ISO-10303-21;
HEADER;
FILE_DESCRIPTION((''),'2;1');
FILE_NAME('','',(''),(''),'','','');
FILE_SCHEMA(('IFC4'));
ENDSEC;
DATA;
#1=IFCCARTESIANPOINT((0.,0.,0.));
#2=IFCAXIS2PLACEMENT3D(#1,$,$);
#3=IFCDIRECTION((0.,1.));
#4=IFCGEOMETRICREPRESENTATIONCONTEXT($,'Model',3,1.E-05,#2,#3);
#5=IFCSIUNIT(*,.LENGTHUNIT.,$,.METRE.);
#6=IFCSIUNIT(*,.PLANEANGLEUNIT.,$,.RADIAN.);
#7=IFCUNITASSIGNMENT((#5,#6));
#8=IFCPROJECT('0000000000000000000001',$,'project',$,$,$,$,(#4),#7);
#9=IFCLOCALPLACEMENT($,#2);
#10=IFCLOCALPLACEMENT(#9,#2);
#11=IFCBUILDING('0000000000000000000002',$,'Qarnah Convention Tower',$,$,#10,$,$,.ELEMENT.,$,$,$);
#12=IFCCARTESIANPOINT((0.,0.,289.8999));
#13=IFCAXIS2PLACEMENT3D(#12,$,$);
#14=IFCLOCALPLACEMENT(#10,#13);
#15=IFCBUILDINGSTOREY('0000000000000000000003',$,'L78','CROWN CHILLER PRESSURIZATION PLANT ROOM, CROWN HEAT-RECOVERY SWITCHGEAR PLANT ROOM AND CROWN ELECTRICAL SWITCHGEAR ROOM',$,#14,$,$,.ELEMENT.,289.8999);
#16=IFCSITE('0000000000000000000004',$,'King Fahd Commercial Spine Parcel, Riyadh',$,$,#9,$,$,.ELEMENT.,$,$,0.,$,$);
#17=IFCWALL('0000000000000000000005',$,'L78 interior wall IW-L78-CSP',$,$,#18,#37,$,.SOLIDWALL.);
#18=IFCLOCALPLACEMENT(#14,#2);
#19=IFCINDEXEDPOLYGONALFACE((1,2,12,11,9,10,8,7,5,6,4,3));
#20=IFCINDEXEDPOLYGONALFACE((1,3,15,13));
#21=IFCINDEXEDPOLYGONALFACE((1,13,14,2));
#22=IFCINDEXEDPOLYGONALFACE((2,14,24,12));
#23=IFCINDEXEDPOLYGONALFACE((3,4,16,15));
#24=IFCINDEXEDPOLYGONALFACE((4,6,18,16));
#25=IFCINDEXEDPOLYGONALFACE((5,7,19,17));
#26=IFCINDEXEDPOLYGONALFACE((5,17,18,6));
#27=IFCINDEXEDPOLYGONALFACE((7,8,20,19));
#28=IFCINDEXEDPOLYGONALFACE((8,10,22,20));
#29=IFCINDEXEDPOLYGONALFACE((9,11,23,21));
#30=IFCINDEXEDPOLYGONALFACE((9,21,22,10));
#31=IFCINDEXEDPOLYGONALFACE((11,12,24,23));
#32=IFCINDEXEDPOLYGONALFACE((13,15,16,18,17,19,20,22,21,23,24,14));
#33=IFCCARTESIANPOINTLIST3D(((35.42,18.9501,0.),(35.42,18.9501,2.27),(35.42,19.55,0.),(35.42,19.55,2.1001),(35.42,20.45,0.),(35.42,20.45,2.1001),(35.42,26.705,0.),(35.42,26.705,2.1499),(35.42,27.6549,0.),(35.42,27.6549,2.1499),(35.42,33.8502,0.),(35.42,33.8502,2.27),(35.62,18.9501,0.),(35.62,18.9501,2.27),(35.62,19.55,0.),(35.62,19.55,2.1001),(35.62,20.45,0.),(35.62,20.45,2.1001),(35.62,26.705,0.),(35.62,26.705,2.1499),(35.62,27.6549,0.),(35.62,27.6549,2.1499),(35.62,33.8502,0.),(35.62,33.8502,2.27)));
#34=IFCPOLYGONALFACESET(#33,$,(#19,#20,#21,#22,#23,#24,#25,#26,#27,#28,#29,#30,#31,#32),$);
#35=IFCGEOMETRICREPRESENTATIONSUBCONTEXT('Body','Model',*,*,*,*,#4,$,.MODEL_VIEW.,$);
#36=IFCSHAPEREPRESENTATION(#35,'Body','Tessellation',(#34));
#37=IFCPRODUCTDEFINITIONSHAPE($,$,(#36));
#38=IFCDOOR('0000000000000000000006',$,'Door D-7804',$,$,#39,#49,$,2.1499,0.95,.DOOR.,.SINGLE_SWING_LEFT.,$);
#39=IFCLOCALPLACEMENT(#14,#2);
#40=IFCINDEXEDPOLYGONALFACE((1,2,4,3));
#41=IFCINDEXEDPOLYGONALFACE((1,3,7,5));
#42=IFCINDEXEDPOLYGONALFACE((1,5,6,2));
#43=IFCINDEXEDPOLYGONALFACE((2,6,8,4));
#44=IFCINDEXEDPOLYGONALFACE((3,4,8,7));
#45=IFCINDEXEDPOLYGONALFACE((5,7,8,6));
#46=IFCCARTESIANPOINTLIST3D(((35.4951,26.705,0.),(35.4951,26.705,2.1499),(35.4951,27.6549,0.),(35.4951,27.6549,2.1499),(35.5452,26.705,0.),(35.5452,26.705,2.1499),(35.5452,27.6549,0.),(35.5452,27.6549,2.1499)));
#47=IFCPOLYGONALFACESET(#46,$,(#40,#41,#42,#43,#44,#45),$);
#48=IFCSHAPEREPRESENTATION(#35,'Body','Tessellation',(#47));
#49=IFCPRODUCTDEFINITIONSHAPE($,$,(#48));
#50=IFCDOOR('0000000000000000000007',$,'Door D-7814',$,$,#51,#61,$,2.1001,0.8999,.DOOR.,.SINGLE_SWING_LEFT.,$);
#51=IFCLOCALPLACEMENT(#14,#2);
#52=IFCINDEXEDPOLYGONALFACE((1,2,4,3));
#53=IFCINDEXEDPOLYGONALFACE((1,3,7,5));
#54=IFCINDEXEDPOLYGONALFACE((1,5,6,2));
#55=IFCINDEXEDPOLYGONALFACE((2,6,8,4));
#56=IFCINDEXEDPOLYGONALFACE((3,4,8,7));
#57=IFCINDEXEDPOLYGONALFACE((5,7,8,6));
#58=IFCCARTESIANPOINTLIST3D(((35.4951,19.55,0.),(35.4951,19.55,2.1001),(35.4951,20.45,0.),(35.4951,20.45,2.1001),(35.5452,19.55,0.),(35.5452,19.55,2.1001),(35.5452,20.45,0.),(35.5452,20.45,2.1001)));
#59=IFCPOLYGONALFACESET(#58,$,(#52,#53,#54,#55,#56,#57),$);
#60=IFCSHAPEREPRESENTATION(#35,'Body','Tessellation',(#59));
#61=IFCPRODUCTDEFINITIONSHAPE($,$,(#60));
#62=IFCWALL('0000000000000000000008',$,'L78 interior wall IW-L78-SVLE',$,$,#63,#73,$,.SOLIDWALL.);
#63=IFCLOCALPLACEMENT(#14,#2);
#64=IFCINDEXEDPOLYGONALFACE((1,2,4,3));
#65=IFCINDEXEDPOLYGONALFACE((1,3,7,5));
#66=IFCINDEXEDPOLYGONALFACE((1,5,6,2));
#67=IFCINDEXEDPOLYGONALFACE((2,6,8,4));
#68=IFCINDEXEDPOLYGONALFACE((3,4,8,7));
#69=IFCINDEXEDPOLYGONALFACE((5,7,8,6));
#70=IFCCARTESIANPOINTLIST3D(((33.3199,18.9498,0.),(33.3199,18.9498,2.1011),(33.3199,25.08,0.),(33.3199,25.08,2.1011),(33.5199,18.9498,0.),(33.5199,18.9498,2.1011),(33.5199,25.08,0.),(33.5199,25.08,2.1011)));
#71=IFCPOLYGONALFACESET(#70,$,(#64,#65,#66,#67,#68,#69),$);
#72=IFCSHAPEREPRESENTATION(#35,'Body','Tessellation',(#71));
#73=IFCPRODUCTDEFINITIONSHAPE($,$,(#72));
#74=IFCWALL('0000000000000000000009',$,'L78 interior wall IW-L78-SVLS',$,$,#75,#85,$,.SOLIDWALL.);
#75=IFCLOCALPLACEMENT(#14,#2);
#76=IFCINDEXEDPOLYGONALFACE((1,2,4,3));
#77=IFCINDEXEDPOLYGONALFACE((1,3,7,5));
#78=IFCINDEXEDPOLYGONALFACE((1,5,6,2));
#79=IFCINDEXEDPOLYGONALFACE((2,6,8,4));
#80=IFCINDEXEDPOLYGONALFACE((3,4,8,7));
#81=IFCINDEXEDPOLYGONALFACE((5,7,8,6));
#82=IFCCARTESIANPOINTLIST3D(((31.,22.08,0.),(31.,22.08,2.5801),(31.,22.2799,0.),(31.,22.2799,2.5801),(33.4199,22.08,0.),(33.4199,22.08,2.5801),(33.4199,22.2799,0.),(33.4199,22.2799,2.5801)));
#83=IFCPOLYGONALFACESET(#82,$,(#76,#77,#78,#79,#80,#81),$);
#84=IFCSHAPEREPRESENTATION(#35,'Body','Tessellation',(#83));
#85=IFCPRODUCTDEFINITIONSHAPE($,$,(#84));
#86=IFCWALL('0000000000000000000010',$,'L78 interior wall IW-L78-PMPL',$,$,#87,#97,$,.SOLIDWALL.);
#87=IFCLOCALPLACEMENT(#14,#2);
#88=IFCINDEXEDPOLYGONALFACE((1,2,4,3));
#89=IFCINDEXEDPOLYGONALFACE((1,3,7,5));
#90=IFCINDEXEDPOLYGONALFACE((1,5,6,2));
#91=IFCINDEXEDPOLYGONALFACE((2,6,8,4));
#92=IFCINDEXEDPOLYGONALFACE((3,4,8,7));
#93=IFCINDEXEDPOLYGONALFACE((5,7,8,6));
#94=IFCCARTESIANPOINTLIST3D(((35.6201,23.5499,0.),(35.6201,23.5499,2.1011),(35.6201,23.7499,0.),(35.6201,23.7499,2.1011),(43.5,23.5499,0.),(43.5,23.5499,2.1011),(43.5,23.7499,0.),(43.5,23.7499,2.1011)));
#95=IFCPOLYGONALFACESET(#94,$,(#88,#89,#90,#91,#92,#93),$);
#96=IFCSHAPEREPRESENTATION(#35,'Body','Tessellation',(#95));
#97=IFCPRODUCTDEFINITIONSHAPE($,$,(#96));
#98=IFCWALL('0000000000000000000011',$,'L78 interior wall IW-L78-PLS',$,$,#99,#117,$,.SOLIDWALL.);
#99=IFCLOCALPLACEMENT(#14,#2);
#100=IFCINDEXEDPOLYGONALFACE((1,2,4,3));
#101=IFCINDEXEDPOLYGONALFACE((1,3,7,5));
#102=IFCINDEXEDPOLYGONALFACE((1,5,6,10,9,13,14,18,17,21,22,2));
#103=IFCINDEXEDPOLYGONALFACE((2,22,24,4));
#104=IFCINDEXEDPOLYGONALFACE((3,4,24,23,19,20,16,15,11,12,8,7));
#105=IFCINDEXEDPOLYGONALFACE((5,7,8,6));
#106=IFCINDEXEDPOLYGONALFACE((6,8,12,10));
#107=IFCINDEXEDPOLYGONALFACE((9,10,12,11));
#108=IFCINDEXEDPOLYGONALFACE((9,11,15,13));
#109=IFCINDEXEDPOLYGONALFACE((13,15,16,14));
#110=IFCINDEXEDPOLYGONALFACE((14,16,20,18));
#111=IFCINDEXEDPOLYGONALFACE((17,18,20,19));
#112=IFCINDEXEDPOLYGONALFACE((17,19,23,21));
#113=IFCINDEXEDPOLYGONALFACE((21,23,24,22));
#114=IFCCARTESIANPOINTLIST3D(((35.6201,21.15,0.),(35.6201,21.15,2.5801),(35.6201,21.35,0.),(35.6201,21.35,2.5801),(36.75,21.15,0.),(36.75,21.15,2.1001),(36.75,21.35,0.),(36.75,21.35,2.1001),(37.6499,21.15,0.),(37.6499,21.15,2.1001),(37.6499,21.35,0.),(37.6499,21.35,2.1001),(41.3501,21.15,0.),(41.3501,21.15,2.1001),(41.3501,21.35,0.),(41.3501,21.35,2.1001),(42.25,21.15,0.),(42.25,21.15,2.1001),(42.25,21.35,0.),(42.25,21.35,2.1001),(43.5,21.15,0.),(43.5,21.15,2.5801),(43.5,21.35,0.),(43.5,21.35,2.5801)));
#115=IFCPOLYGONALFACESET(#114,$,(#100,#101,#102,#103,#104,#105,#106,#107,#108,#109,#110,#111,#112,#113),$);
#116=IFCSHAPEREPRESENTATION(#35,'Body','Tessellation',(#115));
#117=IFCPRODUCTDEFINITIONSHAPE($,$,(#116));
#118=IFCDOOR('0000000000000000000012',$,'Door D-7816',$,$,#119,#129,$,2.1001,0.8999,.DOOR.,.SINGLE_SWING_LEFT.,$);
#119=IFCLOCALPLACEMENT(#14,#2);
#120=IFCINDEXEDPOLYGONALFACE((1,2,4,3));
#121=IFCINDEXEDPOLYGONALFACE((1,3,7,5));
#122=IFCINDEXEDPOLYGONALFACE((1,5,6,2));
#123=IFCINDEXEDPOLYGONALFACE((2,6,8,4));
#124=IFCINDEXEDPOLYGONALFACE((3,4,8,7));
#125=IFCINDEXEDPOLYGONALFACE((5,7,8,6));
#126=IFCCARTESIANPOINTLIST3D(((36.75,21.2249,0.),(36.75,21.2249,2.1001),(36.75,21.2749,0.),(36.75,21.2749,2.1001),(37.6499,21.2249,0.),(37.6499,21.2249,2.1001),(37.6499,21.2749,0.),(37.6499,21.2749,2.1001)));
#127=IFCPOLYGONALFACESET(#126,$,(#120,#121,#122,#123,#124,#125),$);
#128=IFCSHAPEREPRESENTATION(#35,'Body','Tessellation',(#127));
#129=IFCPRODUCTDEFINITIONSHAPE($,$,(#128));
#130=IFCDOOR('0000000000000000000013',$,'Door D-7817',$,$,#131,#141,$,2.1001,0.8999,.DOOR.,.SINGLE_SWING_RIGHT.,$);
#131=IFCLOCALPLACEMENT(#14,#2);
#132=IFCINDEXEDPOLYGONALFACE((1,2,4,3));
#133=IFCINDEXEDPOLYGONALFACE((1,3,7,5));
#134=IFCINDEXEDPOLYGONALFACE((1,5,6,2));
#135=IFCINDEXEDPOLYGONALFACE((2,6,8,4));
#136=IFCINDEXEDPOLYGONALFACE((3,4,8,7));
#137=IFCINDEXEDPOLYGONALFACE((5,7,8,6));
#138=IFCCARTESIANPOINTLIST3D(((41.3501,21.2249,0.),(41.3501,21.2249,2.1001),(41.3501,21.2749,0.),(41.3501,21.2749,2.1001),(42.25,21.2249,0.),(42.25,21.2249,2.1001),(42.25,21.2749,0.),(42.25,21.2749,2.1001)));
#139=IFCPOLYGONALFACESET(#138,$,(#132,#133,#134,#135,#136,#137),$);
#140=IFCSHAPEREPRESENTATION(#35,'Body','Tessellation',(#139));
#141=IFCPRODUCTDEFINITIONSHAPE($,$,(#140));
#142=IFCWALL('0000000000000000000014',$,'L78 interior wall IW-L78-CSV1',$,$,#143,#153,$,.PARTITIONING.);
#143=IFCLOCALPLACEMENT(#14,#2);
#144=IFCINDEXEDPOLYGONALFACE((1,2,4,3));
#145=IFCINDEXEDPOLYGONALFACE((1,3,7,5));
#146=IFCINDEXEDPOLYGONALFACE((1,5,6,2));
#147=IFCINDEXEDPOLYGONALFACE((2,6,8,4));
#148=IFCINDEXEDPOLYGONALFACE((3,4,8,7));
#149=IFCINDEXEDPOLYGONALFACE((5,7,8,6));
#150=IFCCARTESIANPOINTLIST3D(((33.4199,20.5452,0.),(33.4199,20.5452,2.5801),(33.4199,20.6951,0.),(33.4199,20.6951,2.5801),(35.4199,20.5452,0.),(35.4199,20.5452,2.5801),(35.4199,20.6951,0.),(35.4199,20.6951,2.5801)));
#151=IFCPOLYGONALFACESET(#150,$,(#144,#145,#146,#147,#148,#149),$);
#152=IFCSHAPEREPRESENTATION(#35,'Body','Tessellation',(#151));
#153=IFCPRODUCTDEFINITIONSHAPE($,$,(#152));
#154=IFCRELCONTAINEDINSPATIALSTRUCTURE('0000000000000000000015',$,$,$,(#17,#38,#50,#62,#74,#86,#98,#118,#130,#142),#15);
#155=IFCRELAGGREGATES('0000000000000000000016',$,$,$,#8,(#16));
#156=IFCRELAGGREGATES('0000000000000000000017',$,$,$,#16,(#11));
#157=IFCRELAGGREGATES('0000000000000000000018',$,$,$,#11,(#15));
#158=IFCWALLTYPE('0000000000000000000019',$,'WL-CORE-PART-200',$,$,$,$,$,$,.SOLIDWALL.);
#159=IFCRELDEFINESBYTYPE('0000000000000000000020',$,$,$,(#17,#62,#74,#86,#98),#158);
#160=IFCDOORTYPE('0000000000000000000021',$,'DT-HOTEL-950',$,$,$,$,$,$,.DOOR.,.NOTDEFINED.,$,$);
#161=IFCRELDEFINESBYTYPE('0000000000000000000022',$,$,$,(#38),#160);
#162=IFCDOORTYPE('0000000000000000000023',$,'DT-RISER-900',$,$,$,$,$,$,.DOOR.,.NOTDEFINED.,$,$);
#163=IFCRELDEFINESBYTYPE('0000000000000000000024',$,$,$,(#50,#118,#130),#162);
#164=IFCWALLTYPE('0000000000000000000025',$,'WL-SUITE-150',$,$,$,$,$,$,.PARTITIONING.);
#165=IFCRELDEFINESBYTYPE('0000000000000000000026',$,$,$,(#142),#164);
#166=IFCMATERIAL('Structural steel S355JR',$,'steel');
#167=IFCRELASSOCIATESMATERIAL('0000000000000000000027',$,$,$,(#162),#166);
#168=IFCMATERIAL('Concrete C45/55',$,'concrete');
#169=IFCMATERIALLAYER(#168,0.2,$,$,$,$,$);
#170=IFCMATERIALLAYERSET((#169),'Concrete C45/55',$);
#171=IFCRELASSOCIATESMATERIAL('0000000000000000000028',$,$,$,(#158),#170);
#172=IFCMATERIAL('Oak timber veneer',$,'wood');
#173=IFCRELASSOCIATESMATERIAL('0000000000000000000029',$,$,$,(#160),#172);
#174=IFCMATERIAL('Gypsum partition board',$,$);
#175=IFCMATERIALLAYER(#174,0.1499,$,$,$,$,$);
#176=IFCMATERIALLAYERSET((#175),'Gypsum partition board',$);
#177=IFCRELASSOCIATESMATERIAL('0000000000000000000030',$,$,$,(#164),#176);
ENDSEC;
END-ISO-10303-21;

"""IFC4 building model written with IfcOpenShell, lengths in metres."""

from ifc_helpers import new_model, si_unit, direction, frame, frame_2d, origin, place, context, subcontext, project, spatial, rectangle, extrude, material, layer, layer_set, type_object, element, fill, save


model = new_model("IFC4")

# Units and contexts
model_context = context("Model", 3, precision=1e-05, world=origin(), true_north=direction((0.0, 1.0)))
body_context = subcontext(model_context, "Body", "Model", "MODEL_VIEW")
ifc_project = project(units=[si_unit("LENGTHUNIT", "METRE"), si_unit("PLANEANGLEUNIT", "RADIAN")], contexts=[model_context])

# Site, building, storey
site_placement = place(None, origin())
site = spatial("IfcSite", under=ifc_project, at=site_placement, Name="King Fahd Commercial Spine Parcel, Riyadh", CompositionType="ELEMENT", RefElevation=0.0)
building_placement = place(site_placement, origin())
building = spatial("IfcBuilding", under=site, at=building_placement, Name="Qarnah Convention Tower", CompositionType="ELEMENT")
storey_placement = place(building_placement, frame((0.0, 0.0, 289.8999)))
storey = spatial("IfcBuildingStorey", under=building, at=storey_placement, Name="L78", Description="CROWN CHILLER PRESSURIZATION PLANT ROOM, CROWN HEAT-RECOVERY SWITCHGEAR PLANT ROOM AND CROWN ELECTRICAL SWITCHGEAR ROOM", CompositionType="ELEMENT", Elevation=289.8999)

# Shared definitions
ifc_material_1 = material(Name="Structural steel S355JR", Category="steel")

# Wall, openings, doors
door_type_1 = type_object("IfcDoorType", Name="DT-RISER-900", OperationType="NOTDEFINED", PredefinedType="DOOR", material=ifc_material_1)
ifc_material_2 = material(Name="Concrete C45/55", Category="concrete")
ifc_layer_1 = layer(ifc_material_2, 0.2)
ifc_layer_set_1 = layer_set([ifc_layer_1], Name="Concrete C45/55")
wall_type_1 = type_object("IfcWallType", Name="WL-CORE-PART-200", PredefinedType="SOLIDWALL", material=ifc_layer_set_1)
wall_1_placement = place(storey_placement, frame((35.52, 18.95, 0.0), z_axis=(0.0, 0.0, 1.0), x_axis=(0.0, 1.0, 0.0)))
wall_1 = element("IfcWall", 1, at=wall_1_placement, inside=storey, type_object=wall_type_1, Name="L78 interior wall IW-L78-CSP", PredefinedType="SOLIDWALL", context=body_context, shape_type="SweptSolid", body=[
    extrude(rectangle(XDim=14.9001, YDim=0.2, at=frame_2d((7.4502, 0.0))), origin(), (0.0, 0.0, 1.0), 2.27),
])
opening_1_placement = place(wall_1_placement, frame((7.7549, 0.0, 0.0)))
opening_1 = element("IfcOpeningElement", 2, at=opening_1_placement, cuts=wall_1, PredefinedType="OPENING", context=body_context, shape_type="SweptSolid", body=[
    extrude(rectangle(XDim=0.95, YDim=2.1499, at=frame_2d((0.4751, 1.075))), frame((0.0, 0.1099, 0.0), z_axis=(0.0, -1.0, 0.0), x_axis=(1.0, 0.0, 0.0)), (0.0, 0.0, 1.0), 0.22),
])
opening_2_placement = place(wall_1_placement, frame((0.6001, 0.0, 0.0)))
opening_2 = element("IfcOpeningElement", 3, at=opening_2_placement, cuts=wall_1, PredefinedType="OPENING", context=body_context, shape_type="SweptSolid", body=[
    extrude(rectangle(XDim=0.8999, YDim=2.1001, at=frame_2d((0.45, 1.05))), frame((0.0, 0.1099, 0.0), z_axis=(0.0, -1.0, 0.0), x_axis=(1.0, 0.0, 0.0)), (0.0, 0.0, 1.0), 0.22),
])
ifc_material_3 = material(Name="Oak timber veneer", Category="wood")
door_type_2 = type_object("IfcDoorType", Name="DT-HOTEL-950", OperationType="NOTDEFINED", PredefinedType="DOOR", material=ifc_material_3)
door_1_placement = place(opening_1_placement, origin())
door_1 = element("IfcDoor", 4, at=door_1_placement, inside=storey, type_object=door_type_2, Name="Door D-7804", OperationType="SINGLE_SWING_LEFT", OverallHeight=2.1499, OverallWidth=0.95, PredefinedType="DOOR", context=body_context, shape_type="SweptSolid", body=[
    extrude(rectangle(XDim=0.95, YDim=2.1499, at=frame_2d((0.4751, 1.075))), frame((0.0, 0.0249, 0.0), z_axis=(0.0, -1.0, 0.0), x_axis=(1.0, 0.0, 0.0)), (0.0, 0.0, 1.0), 0.05),
])
fill(opening_1, door_1)
door_2_placement = place(opening_2_placement, origin())
door_2 = element("IfcDoor", 5, at=door_2_placement, inside=storey, type_object=door_type_1, Name="Door D-7814", OperationType="SINGLE_SWING_LEFT", OverallHeight=2.1001, OverallWidth=0.8999, PredefinedType="DOOR", context=body_context, shape_type="SweptSolid", body=[
    extrude(rectangle(XDim=0.8999, YDim=2.1001, at=frame_2d((0.45, 1.05))), frame((0.0, 0.0249, 0.0), z_axis=(0.0, -1.0, 0.0), x_axis=(1.0, 0.0, 0.0)), (0.0, 0.0, 1.0), 0.05),
])
fill(opening_2, door_2)

# Walls
wall_2_placement = place(storey_placement, frame((33.4199, 18.95, 0.0), z_axis=(0.0, 0.0, 1.0), x_axis=(0.0, 1.0, 0.0)))
element("IfcWall", 6, at=wall_2_placement, inside=storey, type_object=wall_type_1, Name="L78 interior wall IW-L78-SVLE", PredefinedType="SOLIDWALL", context=body_context, shape_type="SweptSolid", body=[
    extrude(rectangle(XDim=6.1301, YDim=0.2, at=frame_2d((3.0649, 0.0))), origin(), (0.0, 0.0, 1.0), 2.1011),
])
wall_3_placement = place(storey_placement, frame((31.0, 22.1799, 0.0), z_axis=(0.0, 0.0, 1.0), x_axis=(1.0, 0.0, 0.0)))
element("IfcWall", 7, at=wall_3_placement, inside=storey, type_object=wall_type_1, Name="L78 interior wall IW-L78-SVLS", PredefinedType="SOLIDWALL", context=body_context, shape_type="SweptSolid", body=[
    extrude(rectangle(XDim=2.4199, YDim=0.2, at=frame_2d((1.21, 0.0))), origin(), (0.0, 0.0, 1.0), 2.5801),
])
wall_4_placement = place(storey_placement, frame((35.6201, 23.6499, 0.0), z_axis=(0.0, 0.0, 1.0), x_axis=(1.0, 0.0, 0.0)))
element("IfcWall", 8, at=wall_4_placement, inside=storey, type_object=wall_type_1, Name="L78 interior wall IW-L78-PMPL", PredefinedType="SOLIDWALL", context=body_context, shape_type="SweptSolid", body=[
    extrude(rectangle(XDim=7.8799, YDim=0.2, at=frame_2d((3.9399, 0.0))), origin(), (0.0, 0.0, 1.0), 2.1011),
])

# Wall, openings, doors
wall_5_placement = place(storey_placement, frame((35.6201, 21.25, 0.0), z_axis=(0.0, 0.0, 1.0), x_axis=(1.0, 0.0, 0.0)))
wall_5 = element("IfcWall", 9, at=wall_5_placement, inside=storey, type_object=wall_type_1, Name="L78 interior wall IW-L78-PLS", PredefinedType="SOLIDWALL", context=body_context, shape_type="SweptSolid", body=[
    extrude(rectangle(XDim=7.8799, YDim=0.2, at=frame_2d((3.9399, 0.0))), origin(), (0.0, 0.0, 1.0), 2.5801),
])
opening_3_placement = place(wall_5_placement, frame((1.1299, 0.0, 0.0)))
opening_3 = element("IfcOpeningElement", 10, at=opening_3_placement, cuts=wall_5, PredefinedType="OPENING", context=body_context, shape_type="SweptSolid", body=[
    extrude(rectangle(XDim=0.8999, YDim=2.1001, at=frame_2d((0.45, 1.05))), frame((0.0, 0.1099, 0.0), z_axis=(0.0, -1.0, 0.0), x_axis=(1.0, 0.0, 0.0)), (0.0, 0.0, 1.0), 0.22),
])
opening_4_placement = place(wall_5_placement, frame((5.73, 0.0, 0.0)))
opening_4 = element("IfcOpeningElement", 11, at=opening_4_placement, cuts=wall_5, PredefinedType="OPENING", context=body_context, shape_type="SweptSolid", body=[
    extrude(rectangle(XDim=0.8999, YDim=2.1001, at=frame_2d((0.45, 1.05))), frame((0.0, 0.1099, 0.0), z_axis=(0.0, -1.0, 0.0), x_axis=(1.0, 0.0, 0.0)), (0.0, 0.0, 1.0), 0.22),
])
door_3_placement = place(opening_3_placement, origin())
door_3 = element("IfcDoor", 12, at=door_3_placement, inside=storey, type_object=door_type_1, Name="Door D-7816", OperationType="SINGLE_SWING_LEFT", OverallHeight=2.1001, OverallWidth=0.8999, PredefinedType="DOOR", context=body_context, shape_type="SweptSolid", body=[
    extrude(rectangle(XDim=0.8999, YDim=2.1001, at=frame_2d((0.45, 1.05))), frame((0.0, 0.0249, 0.0), z_axis=(0.0, -1.0, 0.0), x_axis=(1.0, 0.0, 0.0)), (0.0, 0.0, 1.0), 0.05),
])
fill(opening_3, door_3)
door_4_placement = place(opening_4_placement, origin())
door_4 = element("IfcDoor", 13, at=door_4_placement, inside=storey, type_object=door_type_1, Name="Door D-7817", OperationType="SINGLE_SWING_RIGHT", OverallHeight=2.1001, OverallWidth=0.8999, PredefinedType="DOOR", context=body_context, shape_type="SweptSolid", body=[
    extrude(rectangle(XDim=0.8999, YDim=2.1001, at=frame_2d((0.45, 1.05))), frame((0.0, 0.0249, 0.0), z_axis=(0.0, -1.0, 0.0), x_axis=(1.0, 0.0, 0.0)), (0.0, 0.0, 1.0), 0.05),
])
fill(opening_4, door_4)

# Wall
ifc_material_4 = material(Name="Gypsum partition board")
ifc_layer_2 = layer(ifc_material_4, 0.1499)
ifc_layer_set_2 = layer_set([ifc_layer_2], Name="Gypsum partition board")
wall_type_2 = type_object("IfcWallType", Name="WL-SUITE-150", PredefinedType="PARTITIONING", material=ifc_layer_set_2)
wall_6_placement = place(storey_placement, frame((33.4199, 20.6201, 0.0), z_axis=(0.0, 0.0, 1.0), x_axis=(1.0, 0.0, 0.0)))
element("IfcWall", 14, at=wall_6_placement, inside=storey, type_object=wall_type_2, Name="L78 interior wall IW-L78-CSV1", PredefinedType="PARTITIONING", context=body_context, shape_type="SweptSolid", body=[
    extrude(rectangle(XDim=2.0, YDim=0.1499, at=frame_2d((1.0, 0.0))), origin(), (0.0, 0.0, 1.0), 2.5801),
])

save(model, "model.ifc")
